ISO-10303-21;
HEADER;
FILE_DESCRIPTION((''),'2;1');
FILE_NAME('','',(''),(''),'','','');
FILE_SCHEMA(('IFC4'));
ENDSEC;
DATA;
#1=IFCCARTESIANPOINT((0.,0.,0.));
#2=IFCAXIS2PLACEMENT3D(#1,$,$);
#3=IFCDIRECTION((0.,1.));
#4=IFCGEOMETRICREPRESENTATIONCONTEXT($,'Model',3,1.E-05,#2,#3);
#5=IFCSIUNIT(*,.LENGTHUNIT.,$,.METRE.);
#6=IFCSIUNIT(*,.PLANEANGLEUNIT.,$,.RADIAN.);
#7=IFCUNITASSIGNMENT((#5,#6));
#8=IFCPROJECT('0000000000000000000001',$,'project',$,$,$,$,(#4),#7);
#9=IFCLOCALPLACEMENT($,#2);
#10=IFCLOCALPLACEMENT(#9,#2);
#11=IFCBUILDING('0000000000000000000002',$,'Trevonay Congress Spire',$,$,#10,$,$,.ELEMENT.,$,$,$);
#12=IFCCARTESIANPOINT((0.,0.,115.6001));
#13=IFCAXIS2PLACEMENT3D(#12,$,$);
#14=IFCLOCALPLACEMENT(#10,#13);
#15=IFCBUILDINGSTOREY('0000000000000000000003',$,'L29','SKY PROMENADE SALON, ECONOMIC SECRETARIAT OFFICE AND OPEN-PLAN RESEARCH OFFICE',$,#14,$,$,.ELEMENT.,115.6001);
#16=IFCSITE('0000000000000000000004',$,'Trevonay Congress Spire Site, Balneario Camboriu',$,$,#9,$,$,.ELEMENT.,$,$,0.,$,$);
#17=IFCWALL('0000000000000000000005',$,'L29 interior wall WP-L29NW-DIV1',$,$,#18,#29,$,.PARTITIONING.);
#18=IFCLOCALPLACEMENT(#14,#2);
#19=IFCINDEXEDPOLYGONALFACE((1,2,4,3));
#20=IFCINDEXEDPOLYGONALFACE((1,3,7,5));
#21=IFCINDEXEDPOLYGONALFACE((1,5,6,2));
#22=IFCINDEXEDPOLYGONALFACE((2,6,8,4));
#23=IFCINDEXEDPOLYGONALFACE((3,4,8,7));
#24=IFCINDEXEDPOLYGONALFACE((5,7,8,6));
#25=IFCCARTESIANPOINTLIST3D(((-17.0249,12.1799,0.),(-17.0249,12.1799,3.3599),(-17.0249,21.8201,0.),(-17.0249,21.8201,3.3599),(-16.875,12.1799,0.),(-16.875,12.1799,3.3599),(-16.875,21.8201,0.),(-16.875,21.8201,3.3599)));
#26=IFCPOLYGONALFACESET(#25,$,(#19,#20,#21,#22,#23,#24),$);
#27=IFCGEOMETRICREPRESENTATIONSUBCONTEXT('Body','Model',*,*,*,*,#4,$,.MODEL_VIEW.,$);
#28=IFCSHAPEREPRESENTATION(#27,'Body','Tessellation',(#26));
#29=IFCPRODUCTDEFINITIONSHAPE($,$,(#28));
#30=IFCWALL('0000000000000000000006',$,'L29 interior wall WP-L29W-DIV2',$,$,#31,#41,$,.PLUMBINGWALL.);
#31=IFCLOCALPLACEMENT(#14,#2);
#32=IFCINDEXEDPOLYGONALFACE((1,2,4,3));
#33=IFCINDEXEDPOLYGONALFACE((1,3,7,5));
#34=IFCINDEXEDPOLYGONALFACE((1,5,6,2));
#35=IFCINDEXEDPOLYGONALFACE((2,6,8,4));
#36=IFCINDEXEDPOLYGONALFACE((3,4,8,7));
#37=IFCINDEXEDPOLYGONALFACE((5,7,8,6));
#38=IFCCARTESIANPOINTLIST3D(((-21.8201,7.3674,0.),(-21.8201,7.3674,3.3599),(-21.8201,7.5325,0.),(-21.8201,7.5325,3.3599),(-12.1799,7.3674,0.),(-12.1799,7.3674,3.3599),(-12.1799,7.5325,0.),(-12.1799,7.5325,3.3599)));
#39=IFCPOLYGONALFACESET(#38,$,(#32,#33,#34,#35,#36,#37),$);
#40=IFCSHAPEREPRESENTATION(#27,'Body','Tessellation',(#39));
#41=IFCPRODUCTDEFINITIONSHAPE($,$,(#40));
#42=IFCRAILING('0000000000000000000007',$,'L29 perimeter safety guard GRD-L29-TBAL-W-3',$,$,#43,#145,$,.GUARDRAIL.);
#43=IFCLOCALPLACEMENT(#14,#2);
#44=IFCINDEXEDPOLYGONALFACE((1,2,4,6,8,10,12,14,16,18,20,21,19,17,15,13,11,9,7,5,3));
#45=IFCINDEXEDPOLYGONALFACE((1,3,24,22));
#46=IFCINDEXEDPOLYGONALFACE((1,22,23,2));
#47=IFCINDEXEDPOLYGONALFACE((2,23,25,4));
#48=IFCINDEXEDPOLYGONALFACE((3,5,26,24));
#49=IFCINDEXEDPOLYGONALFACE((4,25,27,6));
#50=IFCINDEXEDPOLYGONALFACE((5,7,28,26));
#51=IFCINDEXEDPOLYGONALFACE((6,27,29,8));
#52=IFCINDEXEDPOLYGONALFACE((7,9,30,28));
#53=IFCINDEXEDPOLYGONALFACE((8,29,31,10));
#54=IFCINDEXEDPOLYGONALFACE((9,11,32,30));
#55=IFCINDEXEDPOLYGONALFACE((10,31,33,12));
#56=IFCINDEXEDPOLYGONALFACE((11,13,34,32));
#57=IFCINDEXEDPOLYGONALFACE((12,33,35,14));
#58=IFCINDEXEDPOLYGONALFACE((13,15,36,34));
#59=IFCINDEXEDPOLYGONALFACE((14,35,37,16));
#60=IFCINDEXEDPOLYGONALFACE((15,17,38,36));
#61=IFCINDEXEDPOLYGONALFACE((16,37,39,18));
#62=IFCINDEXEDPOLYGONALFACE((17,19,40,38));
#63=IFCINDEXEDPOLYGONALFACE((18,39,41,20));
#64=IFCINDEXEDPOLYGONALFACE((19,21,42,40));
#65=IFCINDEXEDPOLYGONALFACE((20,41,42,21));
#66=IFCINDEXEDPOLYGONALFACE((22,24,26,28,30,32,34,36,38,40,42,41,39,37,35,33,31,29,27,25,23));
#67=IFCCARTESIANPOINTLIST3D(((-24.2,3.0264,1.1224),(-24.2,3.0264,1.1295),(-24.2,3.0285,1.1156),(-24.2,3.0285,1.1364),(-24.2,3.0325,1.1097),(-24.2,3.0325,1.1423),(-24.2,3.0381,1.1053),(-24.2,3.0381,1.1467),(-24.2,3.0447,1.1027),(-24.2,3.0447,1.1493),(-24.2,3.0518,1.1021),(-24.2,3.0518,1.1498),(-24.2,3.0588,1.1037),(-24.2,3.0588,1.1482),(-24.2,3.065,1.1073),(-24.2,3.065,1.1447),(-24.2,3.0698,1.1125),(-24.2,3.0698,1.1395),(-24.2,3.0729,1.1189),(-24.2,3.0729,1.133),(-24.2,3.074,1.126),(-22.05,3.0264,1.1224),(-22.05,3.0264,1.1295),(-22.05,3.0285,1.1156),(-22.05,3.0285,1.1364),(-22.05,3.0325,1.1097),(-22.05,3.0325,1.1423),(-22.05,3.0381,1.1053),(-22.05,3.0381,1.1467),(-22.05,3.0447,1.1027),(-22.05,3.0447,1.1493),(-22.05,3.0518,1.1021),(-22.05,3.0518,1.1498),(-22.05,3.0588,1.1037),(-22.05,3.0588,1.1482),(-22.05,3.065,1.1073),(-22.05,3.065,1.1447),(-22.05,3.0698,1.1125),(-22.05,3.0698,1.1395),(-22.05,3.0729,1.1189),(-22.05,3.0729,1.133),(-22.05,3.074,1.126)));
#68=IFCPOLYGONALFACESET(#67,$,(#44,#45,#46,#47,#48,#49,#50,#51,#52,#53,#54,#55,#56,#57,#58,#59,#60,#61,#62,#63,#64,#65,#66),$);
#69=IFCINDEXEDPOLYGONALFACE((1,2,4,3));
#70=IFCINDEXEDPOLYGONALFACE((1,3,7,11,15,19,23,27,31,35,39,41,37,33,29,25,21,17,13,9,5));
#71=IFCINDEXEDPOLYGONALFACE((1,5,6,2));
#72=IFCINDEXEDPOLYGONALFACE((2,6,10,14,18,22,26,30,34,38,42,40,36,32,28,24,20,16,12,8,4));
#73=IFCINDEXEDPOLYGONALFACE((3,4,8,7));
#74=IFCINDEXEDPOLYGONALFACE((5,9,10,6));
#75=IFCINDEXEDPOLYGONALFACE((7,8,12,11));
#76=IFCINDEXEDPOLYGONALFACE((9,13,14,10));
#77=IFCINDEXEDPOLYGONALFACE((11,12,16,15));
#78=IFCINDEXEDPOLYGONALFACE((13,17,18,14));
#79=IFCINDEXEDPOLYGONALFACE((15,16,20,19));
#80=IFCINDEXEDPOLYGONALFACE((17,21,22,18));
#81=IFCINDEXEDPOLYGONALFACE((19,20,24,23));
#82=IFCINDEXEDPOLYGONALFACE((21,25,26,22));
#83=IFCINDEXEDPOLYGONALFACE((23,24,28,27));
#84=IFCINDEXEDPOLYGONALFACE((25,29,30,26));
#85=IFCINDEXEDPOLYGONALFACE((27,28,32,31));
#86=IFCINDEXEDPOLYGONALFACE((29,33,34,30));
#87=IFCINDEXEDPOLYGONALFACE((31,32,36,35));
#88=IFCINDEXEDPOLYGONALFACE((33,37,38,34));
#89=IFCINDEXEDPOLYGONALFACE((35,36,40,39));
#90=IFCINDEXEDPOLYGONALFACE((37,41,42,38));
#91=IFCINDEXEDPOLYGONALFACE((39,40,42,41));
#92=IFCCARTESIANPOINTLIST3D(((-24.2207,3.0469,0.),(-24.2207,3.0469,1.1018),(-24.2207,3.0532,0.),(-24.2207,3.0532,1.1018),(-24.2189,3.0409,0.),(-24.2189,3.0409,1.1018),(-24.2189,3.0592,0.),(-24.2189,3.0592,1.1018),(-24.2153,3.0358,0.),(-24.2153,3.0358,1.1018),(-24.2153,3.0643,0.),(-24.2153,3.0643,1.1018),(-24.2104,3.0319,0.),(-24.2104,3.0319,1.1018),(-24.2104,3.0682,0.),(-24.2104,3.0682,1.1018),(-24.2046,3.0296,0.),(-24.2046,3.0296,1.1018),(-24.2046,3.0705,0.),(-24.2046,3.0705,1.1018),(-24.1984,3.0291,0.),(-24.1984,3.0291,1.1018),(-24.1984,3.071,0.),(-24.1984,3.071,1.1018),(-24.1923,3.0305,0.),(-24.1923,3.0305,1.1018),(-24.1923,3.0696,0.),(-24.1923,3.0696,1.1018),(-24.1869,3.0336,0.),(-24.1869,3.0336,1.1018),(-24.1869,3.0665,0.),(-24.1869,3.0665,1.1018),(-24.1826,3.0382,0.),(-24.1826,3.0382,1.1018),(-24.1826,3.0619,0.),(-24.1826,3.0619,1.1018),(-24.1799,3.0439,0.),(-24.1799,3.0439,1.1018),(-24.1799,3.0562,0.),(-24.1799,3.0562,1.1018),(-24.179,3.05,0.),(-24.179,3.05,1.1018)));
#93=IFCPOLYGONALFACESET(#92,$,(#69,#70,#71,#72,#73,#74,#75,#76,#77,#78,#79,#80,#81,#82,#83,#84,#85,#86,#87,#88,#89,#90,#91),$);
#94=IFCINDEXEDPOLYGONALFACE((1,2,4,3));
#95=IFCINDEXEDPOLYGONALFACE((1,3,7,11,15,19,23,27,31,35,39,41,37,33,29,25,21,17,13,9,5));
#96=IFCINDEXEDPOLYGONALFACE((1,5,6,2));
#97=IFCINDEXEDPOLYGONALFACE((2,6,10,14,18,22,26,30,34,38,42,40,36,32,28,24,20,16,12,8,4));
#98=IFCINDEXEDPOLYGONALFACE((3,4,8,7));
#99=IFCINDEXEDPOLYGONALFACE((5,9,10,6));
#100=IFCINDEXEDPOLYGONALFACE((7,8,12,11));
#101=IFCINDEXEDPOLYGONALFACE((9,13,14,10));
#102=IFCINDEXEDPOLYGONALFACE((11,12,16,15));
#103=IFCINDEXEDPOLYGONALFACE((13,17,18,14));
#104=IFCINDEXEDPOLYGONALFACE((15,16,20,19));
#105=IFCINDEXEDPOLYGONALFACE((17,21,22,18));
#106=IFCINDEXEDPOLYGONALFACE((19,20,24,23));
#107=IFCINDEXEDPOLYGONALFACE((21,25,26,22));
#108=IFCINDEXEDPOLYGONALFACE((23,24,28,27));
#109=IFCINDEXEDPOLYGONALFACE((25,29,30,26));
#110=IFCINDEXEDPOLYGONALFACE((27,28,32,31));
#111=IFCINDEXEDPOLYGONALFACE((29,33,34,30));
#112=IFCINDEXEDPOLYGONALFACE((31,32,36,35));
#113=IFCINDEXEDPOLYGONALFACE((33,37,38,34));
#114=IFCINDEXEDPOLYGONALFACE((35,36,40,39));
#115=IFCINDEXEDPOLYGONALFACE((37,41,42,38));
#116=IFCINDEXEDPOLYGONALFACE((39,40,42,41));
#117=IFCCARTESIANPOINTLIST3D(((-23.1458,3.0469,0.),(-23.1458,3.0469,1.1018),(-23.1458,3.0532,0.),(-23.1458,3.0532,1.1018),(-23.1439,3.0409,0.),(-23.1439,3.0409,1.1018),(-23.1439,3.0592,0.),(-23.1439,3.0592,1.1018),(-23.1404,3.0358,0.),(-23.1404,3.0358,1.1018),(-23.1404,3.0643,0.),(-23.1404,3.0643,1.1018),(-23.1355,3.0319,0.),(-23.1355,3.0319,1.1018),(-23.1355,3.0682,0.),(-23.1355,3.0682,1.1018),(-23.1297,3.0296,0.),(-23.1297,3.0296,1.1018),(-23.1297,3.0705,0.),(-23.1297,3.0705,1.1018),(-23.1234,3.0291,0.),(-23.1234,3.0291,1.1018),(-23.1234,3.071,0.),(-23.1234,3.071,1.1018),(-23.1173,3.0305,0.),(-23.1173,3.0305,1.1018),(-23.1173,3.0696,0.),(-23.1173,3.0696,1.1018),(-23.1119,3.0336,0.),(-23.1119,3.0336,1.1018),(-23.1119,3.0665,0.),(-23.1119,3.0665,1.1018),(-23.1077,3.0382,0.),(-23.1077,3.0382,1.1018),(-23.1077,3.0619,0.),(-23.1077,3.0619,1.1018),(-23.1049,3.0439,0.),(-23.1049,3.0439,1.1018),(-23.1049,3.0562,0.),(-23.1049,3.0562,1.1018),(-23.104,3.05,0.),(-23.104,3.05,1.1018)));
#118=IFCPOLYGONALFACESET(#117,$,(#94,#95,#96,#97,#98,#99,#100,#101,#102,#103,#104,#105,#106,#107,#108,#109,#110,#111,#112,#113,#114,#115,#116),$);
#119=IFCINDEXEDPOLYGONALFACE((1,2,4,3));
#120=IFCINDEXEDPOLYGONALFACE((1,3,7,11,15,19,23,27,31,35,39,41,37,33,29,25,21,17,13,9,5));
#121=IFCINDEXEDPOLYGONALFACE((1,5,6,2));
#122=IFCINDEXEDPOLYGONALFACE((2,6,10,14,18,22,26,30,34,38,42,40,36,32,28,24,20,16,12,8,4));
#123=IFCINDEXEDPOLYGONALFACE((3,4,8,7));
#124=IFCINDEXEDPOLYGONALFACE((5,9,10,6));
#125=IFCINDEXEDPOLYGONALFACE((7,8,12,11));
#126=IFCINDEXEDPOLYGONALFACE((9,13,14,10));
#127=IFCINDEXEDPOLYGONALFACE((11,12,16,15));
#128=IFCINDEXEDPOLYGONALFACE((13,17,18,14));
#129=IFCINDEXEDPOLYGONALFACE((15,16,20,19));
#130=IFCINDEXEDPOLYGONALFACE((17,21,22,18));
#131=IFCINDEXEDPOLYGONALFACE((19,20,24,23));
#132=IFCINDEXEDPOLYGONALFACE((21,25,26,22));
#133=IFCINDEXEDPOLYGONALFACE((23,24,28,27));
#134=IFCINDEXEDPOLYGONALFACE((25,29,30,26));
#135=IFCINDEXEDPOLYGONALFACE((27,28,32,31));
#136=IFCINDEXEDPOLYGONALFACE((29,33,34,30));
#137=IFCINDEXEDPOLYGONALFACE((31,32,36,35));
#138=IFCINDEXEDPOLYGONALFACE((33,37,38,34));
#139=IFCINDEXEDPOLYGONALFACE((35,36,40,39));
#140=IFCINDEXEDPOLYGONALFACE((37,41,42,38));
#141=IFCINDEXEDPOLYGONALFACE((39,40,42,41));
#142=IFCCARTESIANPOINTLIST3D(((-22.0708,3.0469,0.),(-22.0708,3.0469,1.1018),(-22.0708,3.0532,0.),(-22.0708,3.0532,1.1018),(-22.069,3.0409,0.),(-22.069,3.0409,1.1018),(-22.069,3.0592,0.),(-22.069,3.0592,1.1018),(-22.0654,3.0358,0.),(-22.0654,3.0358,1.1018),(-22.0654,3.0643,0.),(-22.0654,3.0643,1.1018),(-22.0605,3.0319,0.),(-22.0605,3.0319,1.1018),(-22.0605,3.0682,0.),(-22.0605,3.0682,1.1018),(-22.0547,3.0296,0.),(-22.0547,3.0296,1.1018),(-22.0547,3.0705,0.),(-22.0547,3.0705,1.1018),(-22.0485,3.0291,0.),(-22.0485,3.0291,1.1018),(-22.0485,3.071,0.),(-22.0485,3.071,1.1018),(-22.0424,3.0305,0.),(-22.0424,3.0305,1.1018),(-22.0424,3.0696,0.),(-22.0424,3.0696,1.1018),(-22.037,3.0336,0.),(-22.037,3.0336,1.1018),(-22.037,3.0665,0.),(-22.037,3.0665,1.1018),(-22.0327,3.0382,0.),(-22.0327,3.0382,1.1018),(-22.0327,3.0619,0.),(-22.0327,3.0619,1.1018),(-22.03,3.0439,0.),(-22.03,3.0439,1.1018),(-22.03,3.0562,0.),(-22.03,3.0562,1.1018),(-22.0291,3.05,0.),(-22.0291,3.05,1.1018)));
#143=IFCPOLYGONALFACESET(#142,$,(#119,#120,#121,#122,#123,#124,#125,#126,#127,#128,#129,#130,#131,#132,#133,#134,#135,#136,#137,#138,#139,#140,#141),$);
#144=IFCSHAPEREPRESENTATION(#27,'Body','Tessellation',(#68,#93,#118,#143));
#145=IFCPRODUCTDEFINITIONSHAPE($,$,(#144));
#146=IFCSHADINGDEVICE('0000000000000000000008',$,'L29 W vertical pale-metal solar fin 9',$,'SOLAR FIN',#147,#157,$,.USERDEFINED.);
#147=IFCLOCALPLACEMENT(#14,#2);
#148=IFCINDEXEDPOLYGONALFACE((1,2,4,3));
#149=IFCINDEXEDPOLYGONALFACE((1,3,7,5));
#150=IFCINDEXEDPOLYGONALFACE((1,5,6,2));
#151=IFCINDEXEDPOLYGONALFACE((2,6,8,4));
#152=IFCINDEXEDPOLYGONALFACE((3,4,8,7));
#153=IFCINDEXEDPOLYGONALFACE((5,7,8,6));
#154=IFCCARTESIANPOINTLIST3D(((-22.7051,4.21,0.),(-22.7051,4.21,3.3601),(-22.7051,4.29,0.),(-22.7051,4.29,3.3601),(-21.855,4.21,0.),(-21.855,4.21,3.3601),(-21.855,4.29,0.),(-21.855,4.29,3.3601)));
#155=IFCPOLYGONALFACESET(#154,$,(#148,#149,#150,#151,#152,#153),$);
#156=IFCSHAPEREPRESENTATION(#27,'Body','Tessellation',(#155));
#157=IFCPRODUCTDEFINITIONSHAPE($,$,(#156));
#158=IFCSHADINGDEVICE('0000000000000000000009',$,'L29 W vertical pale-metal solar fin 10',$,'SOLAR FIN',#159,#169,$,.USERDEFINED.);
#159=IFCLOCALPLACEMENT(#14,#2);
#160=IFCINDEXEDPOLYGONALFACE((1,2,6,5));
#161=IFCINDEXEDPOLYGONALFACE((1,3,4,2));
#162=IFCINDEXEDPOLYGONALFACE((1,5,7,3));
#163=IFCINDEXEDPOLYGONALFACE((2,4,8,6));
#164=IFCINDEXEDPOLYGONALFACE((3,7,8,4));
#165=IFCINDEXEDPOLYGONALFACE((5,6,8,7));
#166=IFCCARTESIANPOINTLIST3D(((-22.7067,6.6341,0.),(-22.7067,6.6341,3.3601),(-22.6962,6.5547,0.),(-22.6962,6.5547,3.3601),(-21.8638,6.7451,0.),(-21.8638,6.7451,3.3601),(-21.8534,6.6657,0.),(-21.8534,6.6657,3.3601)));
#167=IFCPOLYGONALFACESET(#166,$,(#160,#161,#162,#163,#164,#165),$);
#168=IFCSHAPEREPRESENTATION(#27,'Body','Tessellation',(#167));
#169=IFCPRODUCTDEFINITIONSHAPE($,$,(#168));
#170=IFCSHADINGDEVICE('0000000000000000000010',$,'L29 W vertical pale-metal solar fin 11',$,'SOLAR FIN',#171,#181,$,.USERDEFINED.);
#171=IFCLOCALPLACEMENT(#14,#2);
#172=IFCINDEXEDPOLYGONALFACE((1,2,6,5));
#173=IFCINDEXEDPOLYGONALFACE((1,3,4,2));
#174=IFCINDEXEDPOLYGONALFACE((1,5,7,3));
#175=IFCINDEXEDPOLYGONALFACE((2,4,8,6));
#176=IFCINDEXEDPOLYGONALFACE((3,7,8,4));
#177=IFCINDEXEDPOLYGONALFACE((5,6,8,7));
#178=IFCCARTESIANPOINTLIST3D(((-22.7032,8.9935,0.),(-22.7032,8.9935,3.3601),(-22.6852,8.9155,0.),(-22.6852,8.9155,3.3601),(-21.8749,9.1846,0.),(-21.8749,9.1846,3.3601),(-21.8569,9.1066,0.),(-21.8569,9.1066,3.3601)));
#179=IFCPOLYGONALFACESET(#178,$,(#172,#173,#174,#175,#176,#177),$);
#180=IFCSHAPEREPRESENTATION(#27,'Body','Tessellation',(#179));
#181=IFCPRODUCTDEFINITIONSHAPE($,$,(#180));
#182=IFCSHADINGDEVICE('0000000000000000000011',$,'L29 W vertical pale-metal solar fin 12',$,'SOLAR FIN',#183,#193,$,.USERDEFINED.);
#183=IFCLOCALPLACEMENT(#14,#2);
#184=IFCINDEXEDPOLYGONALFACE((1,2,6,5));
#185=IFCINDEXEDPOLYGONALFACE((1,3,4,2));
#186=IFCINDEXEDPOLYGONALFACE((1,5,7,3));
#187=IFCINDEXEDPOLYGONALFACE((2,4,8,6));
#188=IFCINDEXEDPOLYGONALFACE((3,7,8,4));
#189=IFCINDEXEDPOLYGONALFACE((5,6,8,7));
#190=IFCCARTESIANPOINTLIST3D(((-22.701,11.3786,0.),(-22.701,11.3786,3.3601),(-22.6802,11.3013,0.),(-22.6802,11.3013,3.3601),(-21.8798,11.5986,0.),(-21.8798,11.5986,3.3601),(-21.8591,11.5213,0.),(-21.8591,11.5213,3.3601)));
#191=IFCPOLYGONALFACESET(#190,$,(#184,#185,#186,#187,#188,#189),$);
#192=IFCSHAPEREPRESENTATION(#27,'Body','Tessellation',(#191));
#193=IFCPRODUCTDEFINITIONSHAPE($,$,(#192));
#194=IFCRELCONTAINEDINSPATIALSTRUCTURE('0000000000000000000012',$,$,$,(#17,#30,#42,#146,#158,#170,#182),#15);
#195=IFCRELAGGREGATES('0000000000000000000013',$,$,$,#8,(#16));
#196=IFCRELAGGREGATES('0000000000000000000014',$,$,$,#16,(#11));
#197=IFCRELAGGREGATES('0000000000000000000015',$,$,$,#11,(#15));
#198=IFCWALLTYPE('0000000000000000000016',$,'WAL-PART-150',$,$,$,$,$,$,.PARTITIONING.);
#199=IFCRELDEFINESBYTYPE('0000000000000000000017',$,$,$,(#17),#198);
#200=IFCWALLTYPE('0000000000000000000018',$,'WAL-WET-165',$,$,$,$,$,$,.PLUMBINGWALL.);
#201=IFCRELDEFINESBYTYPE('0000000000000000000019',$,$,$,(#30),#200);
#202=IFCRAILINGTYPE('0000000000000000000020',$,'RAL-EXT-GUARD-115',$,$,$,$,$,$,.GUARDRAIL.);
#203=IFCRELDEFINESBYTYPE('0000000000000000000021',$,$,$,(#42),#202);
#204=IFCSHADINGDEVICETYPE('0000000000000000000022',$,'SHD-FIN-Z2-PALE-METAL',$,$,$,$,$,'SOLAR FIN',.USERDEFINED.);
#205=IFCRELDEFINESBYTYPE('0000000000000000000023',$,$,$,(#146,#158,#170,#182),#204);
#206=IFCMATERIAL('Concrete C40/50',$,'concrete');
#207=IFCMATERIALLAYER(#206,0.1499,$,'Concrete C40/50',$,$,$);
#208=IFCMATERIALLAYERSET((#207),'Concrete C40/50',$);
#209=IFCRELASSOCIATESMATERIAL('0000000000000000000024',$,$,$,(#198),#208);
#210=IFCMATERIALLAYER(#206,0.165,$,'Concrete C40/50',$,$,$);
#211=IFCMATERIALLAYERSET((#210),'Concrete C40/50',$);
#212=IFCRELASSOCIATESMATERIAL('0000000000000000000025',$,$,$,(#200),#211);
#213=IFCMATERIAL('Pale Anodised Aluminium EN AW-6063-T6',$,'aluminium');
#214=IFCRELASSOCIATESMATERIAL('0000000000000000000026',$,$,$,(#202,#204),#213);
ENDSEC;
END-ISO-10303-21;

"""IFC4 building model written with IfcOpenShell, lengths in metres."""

from ifc_helpers import new_model, si_unit, direction, frame, frame_2d, origin, origin_2d, place, context, subcontext, project, spatial, rectangle, circle, extrude, material, layer, layer_set, type_object, element, save


model = new_model("IFC4")

# Units and contexts
model_context = context("Model", 3, precision=1e-05, world=origin(), true_north=direction((0.0, 1.0)))
body_context = subcontext(model_context, "Body", "Model", "MODEL_VIEW")
ifc_project = project(units=[si_unit("LENGTHUNIT", "METRE"), si_unit("PLANEANGLEUNIT", "RADIAN")], contexts=[model_context])

# Site, building, storey
site_placement = place(None, origin())
site = spatial("IfcSite", under=ifc_project, at=site_placement, Name="Trevonay Congress Spire Site, Balneario Camboriu", CompositionType="ELEMENT", RefElevation=0.0)
building_placement = place(site_placement, origin())
building = spatial("IfcBuilding", under=site, at=building_placement, Name="Trevonay Congress Spire", CompositionType="ELEMENT")
storey_placement = place(building_placement, frame((0.0, 0.0, 115.6001)))
storey = spatial("IfcBuildingStorey", under=building, at=storey_placement, Name="L29", Description="SKY PROMENADE SALON, ECONOMIC SECRETARIAT OFFICE AND OPEN-PLAN RESEARCH OFFICE", CompositionType="ELEMENT", Elevation=115.6001)

# Shared definitions
ifc_material_1 = material(Name="Pale Anodised Aluminium EN AW-6063-T6", Category="aluminium")

# Shared definitions
ifc_material_2 = material(Name="Concrete C40/50", Category="concrete")

# Walls
ifc_layer_1 = layer(ifc_material_2, 0.1499, Name="Concrete C40/50")
ifc_layer_set_1 = layer_set([ifc_layer_1], Name="Concrete C40/50")
wall_type_1 = type_object("IfcWallType", Name="WAL-PART-150", PredefinedType="PARTITIONING", material=ifc_layer_set_1)
wall_1_placement = place(storey_placement, frame((-16.95, 12.1799, 0.0), z_axis=(0.0, 0.0, 1.0), x_axis=(0.0, 1.0, 0.0)))
element("IfcWall", 1, at=wall_1_placement, inside=storey, type_object=wall_type_1, Name="L29 interior wall WP-L29NW-DIV1", PredefinedType="PARTITIONING", context=body_context, shape_type="SweptSolid", body=[
    extrude(rectangle(XDim=9.6401, YDim=0.1499, at=frame_2d((4.8201, 0.0))), origin(), (0.0, 0.0, 1.0), 3.3599),
])
ifc_layer_2 = layer(ifc_material_2, 0.165, Name="Concrete C40/50")
ifc_layer_set_2 = layer_set([ifc_layer_2], Name="Concrete C40/50")
wall_type_2 = type_object("IfcWallType", Name="WAL-WET-165", PredefinedType="PLUMBINGWALL", material=ifc_layer_set_2)
wall_2_placement = place(storey_placement, frame((-21.8201, 7.45, 0.0), z_axis=(0.0, 0.0, 1.0), x_axis=(1.0, 0.0, 0.0)))
element("IfcWall", 2, at=wall_2_placement, inside=storey, type_object=wall_type_2, Name="L29 interior wall WP-L29W-DIV2", PredefinedType="PLUMBINGWALL", context=body_context, shape_type="SweptSolid", body=[
    extrude(rectangle(XDim=9.6401, YDim=0.165, at=frame_2d((4.8201, 0.0))), origin(), (0.0, 0.0, 1.0), 3.3599),
])

# Railing
railing_type = type_object("IfcRailingType", Name="RAL-EXT-GUARD-115", PredefinedType="GUARDRAIL", material=ifc_material_1)
railing_placement = place(storey_placement, frame((-24.2, 3.05, 0.0)))
element("IfcRailing", 3, at=railing_placement, inside=storey, type_object=railing_type, Name="L29 perimeter safety guard GRD-L29-TBAL-W-3", PredefinedType="GUARDRAIL", context=body_context, shape_type="SweptSolid", body=[
    extrude(circle(Radius=0.0239, at=origin_2d()), frame((0.0, 0.0, 1.126), z_axis=(1.0, 0.0, 0.0), x_axis=(0.0, 1.0, 0.0)), (0.0, 0.0, 1.0), 2.1499),
    extrude(circle(Radius=0.021, at=origin_2d()), origin(), (0.0, 0.0, 1.0), 1.1018),
    extrude(circle(Radius=0.021, at=origin_2d()), frame((1.075, 0.0, 0.0)), (0.0, 0.0, 1.0), 1.1018),
    extrude(circle(Radius=0.021, at=origin_2d()), frame((2.1499, 0.0, 0.0)), (0.0, 0.0, 1.0), 1.1018),
])

# Shading devices
shading_device_type = type_object("IfcShadingDeviceType", Name="SHD-FIN-Z2-PALE-METAL", ElementType="SOLAR FIN", PredefinedType="USERDEFINED", material=ifc_material_1)
for number, where, z_axis, x_axis, name in (
    (4, (-22.28, 4.25, 0.0), (0.0, 0.0, 1.0), (0.0, 1.0, 0.0), "L29 W vertical pale-metal solar fin 9"),
    (5, (-22.28, 6.6499, 0.0), (0.0, 0.0, 1.0), (-0.130526, 0.991445, 0.0), "L29 W vertical pale-metal solar fin 10"),
    (6, (-22.28, 9.05, 0.0), (0.0, 0.0, 1.0), (-0.224781, 0.974409, 0.0), "L29 W vertical pale-metal solar fin 11"),
    (7, (-22.28, 11.45, 0.0), (0.0, 0.0, 1.0), (-0.258819, 0.965926, 0.0), "L29 W vertical pale-metal solar fin 12"),
):
    element("IfcShadingDevice", number, at=place(storey_placement, frame(where, z_axis=z_axis, x_axis=x_axis)), inside=storey, type_object=shading_device_type, Name=name, ObjectType="SOLAR FIN", PredefinedType="USERDEFINED", context=body_context, shape_type="SweptSolid", body=[
        extrude(rectangle(XDim=0.0801, YDim=0.8501, at=origin_2d()), origin(), (0.0, 0.0, 1.0), 3.3601),
    ])

save(model, "model.ifc")
